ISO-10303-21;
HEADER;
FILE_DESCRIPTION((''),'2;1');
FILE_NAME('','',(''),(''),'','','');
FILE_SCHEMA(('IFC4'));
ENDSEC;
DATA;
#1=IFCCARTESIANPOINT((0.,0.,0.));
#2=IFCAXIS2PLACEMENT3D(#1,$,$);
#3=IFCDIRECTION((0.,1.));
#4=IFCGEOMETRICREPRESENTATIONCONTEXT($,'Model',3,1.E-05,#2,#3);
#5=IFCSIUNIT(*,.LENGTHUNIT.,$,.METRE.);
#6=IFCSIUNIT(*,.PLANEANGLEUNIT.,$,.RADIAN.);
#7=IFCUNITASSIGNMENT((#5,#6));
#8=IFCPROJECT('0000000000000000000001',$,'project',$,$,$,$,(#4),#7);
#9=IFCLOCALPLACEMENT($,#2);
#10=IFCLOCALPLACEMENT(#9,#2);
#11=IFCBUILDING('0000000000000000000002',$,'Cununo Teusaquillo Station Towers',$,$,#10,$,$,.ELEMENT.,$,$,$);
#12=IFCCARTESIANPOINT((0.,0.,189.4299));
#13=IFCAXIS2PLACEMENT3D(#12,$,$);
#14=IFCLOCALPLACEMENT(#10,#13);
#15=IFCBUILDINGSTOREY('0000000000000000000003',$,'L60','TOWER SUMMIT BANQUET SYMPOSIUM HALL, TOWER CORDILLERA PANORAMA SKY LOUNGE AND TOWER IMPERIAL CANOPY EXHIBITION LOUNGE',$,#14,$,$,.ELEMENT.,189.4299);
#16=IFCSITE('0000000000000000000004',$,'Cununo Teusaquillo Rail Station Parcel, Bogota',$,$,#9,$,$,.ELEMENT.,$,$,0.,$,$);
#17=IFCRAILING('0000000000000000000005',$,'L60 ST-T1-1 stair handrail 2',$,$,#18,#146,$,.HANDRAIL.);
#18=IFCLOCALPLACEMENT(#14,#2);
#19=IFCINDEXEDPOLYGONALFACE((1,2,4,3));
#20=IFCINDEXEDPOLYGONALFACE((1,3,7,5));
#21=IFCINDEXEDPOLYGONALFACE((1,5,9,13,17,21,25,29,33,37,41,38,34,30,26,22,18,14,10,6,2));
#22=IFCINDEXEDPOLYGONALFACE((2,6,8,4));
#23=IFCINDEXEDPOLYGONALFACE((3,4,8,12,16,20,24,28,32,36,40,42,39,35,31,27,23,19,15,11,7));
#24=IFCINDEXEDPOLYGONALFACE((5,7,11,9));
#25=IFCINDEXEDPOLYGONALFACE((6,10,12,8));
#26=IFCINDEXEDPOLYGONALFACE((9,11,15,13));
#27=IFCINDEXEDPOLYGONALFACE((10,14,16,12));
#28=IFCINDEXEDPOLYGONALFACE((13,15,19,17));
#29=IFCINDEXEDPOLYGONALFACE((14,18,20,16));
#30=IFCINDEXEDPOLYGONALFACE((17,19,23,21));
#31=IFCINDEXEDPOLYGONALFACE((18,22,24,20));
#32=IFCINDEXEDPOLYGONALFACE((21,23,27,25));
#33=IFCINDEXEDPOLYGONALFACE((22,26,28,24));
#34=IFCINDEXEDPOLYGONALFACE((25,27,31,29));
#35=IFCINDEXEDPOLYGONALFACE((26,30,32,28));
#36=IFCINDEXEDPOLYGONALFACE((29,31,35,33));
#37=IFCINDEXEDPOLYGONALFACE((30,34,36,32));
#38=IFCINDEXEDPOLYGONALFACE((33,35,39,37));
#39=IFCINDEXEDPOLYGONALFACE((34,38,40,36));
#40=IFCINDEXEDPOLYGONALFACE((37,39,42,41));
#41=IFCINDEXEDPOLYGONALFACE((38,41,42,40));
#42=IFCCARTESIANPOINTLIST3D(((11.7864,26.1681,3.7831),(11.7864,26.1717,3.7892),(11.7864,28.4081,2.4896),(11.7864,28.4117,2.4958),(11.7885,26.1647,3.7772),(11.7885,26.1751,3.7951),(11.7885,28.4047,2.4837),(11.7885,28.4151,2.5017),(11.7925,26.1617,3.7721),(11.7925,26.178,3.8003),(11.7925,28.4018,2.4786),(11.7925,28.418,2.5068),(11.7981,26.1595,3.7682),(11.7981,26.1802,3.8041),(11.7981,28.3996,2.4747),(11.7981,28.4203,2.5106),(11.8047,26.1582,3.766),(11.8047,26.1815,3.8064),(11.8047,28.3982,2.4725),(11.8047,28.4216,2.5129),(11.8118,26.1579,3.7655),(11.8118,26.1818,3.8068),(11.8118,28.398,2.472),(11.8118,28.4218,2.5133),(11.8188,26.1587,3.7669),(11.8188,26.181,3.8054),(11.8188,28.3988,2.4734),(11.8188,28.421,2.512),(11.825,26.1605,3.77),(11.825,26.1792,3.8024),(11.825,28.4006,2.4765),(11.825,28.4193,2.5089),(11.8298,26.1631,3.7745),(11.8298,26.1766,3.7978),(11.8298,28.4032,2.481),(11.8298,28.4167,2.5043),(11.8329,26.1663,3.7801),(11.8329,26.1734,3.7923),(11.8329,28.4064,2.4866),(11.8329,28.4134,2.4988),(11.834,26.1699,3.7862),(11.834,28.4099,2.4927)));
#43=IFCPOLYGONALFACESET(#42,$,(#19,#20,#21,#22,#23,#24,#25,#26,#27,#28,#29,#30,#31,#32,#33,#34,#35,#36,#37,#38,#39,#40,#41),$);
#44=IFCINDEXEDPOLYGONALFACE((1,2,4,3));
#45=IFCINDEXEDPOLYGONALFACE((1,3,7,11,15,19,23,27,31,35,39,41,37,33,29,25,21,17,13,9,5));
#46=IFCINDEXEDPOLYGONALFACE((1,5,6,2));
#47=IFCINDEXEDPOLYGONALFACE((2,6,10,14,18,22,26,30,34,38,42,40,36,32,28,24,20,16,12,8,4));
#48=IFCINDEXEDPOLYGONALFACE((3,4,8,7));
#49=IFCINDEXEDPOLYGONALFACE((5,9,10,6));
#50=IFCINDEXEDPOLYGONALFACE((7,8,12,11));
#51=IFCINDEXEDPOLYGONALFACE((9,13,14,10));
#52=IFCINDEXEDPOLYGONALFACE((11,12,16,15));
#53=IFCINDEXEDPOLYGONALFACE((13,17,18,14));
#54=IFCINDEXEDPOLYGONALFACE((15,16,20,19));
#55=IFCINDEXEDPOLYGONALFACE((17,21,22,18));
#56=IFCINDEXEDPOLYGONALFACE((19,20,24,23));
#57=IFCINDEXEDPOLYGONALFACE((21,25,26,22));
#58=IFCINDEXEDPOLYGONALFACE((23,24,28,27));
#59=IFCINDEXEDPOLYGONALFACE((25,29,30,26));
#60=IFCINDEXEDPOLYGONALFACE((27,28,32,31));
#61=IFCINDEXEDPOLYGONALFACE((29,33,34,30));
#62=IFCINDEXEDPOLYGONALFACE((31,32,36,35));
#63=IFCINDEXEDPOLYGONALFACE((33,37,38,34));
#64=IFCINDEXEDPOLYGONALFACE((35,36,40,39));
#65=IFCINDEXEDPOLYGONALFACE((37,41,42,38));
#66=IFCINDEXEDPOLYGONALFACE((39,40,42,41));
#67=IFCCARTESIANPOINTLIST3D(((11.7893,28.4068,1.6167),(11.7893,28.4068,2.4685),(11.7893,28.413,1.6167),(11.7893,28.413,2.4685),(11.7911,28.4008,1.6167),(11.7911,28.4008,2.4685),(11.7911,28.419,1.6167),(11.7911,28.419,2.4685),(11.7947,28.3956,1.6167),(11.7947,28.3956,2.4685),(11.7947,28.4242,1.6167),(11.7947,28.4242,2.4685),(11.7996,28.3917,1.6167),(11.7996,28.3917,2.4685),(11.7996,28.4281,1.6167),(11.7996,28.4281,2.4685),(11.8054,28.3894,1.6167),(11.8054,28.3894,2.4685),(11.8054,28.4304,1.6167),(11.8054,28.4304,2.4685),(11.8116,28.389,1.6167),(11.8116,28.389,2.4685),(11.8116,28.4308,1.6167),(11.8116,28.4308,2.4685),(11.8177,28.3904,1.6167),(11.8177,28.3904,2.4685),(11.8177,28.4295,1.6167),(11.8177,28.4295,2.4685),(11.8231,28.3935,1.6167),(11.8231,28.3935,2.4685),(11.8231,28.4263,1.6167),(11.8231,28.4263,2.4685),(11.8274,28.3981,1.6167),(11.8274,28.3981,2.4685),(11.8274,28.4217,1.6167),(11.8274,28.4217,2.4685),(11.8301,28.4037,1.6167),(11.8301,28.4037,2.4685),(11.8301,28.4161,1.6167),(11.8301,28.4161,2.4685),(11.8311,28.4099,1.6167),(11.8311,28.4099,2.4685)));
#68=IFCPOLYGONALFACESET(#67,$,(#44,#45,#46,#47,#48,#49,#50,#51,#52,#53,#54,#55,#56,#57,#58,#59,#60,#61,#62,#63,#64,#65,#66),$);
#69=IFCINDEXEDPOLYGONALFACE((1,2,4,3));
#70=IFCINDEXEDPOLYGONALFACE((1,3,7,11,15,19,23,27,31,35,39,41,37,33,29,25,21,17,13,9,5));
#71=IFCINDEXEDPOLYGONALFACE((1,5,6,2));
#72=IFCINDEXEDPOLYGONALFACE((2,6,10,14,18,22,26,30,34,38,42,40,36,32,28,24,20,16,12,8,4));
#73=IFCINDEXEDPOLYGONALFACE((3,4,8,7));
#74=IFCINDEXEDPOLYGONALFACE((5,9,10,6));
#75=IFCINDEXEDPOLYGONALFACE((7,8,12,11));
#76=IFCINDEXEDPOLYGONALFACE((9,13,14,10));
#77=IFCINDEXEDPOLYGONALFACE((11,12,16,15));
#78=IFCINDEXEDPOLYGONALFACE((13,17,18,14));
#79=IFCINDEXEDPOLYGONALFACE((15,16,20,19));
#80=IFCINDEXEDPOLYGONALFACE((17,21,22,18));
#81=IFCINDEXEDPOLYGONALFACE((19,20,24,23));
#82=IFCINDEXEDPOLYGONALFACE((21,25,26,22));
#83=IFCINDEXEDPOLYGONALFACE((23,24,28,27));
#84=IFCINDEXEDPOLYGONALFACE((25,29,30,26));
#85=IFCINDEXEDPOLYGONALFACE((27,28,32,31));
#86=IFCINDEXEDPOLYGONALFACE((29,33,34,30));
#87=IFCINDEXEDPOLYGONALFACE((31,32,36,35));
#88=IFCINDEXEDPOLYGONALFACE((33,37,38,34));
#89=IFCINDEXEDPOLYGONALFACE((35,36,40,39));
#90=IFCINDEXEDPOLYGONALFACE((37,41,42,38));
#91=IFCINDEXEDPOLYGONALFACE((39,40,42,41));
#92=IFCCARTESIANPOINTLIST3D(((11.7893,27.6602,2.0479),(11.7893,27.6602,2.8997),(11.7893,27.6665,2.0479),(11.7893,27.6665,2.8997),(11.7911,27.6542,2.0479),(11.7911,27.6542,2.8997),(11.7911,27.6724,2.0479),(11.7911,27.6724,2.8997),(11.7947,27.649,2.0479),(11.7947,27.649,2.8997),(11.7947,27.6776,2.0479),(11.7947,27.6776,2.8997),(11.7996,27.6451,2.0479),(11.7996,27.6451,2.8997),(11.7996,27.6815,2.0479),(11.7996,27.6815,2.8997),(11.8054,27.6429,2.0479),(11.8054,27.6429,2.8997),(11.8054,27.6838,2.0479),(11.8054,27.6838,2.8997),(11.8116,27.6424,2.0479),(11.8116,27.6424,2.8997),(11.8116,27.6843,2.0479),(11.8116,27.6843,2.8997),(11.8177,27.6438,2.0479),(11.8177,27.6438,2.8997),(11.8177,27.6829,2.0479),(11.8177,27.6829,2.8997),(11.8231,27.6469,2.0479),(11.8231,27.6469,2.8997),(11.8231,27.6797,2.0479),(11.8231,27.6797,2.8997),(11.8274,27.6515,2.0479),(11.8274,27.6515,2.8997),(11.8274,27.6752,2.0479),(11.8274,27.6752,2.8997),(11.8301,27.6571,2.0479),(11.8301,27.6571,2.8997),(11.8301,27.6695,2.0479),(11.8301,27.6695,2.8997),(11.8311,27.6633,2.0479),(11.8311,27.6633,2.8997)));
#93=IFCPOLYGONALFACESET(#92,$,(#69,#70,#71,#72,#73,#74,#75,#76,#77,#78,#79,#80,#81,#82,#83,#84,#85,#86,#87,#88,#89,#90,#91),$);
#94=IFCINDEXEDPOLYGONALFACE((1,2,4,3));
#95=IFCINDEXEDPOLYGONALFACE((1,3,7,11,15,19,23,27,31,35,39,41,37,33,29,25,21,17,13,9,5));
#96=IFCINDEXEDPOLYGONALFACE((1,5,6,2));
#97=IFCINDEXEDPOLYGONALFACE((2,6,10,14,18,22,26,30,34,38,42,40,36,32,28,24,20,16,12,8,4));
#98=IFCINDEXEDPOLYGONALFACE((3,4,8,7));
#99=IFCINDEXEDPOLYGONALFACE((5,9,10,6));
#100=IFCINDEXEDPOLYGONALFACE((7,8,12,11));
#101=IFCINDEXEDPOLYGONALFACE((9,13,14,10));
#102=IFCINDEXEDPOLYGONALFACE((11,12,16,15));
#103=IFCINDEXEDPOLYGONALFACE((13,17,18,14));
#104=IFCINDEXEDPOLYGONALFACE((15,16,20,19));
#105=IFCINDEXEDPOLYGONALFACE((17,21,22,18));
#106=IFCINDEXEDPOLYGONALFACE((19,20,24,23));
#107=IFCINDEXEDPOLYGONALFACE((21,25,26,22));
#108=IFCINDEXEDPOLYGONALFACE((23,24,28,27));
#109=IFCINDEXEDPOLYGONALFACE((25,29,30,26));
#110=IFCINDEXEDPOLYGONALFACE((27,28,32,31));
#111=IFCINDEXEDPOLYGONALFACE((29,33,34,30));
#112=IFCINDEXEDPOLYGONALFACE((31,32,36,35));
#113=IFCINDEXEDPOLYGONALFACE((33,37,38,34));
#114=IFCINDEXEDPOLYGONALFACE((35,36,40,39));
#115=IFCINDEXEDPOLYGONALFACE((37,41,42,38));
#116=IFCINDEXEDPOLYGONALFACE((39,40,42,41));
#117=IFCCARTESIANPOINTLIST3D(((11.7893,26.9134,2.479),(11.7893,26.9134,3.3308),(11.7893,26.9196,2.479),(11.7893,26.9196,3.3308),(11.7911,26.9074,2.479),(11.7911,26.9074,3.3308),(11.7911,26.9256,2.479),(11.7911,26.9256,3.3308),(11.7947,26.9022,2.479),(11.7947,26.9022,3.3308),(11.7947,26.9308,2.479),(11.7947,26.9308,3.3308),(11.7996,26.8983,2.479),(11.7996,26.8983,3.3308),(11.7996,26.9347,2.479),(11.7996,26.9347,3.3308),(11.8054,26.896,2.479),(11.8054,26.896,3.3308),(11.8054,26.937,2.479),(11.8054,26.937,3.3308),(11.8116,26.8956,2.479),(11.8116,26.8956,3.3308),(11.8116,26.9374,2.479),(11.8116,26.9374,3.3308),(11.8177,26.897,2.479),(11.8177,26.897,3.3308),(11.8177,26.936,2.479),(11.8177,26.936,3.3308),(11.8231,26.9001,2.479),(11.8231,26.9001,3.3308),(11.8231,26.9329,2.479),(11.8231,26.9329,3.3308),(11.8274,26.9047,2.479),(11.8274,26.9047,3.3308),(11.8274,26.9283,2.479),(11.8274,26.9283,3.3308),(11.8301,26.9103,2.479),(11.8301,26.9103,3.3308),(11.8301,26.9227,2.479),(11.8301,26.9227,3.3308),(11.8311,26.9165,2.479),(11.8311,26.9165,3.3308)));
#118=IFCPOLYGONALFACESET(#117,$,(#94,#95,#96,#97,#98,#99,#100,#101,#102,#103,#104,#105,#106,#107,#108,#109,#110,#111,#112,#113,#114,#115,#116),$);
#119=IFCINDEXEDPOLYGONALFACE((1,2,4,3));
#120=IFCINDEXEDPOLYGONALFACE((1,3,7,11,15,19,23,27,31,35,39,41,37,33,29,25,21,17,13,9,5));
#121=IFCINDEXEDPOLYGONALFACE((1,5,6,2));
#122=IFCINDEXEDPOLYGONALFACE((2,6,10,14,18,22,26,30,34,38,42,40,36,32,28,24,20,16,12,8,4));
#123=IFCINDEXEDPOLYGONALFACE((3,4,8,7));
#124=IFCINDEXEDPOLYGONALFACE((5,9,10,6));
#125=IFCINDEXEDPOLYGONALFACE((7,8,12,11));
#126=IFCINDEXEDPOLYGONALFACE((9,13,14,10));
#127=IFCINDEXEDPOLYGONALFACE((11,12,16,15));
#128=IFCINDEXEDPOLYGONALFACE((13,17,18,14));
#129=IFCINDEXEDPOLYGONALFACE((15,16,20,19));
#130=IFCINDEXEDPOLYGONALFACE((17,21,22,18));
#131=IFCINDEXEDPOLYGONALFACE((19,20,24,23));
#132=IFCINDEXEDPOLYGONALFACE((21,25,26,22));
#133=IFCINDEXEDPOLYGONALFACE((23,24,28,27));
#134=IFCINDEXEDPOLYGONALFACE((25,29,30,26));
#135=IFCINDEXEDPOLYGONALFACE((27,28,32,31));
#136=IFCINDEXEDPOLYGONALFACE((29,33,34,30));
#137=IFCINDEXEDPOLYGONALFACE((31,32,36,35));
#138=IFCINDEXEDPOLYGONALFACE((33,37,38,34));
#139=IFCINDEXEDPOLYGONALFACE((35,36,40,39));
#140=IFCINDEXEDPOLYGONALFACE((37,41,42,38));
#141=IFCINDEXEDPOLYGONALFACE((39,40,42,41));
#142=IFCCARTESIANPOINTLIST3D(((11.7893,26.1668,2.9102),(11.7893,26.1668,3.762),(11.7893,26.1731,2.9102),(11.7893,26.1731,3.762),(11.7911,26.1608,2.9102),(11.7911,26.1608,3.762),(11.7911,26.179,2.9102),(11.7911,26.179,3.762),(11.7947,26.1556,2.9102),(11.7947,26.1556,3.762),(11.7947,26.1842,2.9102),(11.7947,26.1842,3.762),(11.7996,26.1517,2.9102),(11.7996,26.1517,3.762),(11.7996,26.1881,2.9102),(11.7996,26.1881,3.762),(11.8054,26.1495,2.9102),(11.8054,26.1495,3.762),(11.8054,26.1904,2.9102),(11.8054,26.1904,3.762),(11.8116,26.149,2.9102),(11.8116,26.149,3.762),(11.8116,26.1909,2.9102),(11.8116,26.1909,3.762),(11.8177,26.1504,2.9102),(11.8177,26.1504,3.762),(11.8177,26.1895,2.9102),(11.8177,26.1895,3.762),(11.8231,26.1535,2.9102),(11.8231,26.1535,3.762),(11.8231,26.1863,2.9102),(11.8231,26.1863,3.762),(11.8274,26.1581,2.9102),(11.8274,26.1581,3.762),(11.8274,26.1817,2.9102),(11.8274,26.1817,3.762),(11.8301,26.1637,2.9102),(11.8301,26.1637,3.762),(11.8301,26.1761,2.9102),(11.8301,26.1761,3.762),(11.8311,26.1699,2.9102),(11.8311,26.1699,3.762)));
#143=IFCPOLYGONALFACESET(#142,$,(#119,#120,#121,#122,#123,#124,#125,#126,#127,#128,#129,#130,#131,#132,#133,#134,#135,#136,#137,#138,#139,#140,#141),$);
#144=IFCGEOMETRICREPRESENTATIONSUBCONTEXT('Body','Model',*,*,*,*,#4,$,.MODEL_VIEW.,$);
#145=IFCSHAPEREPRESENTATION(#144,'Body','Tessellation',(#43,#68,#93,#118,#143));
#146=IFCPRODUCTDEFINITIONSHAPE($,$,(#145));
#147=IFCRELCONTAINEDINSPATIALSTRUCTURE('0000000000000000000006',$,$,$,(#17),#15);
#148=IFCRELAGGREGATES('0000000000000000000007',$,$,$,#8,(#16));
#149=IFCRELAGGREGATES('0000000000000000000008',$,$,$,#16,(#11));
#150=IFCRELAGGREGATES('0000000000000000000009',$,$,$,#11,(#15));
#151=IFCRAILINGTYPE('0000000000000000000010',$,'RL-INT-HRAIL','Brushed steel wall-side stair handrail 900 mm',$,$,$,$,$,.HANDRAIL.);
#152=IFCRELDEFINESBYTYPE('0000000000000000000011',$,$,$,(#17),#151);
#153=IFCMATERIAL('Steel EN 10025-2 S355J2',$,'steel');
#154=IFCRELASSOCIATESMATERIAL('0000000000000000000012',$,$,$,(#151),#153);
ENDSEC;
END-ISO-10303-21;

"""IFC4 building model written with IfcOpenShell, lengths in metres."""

from ifc_helpers import new_model, si_unit, direction, frame, origin, origin_2d, place, context, subcontext, project, spatial, circle, extrude, material, type_object, element, save


model = new_model("IFC4")

# Units and contexts
model_context = context("Model", 3, precision=1e-05, world=origin(), true_north=direction((0.0, 1.0)))
body_context = subcontext(model_context, "Body", "Model", "MODEL_VIEW")
ifc_project = project(units=[si_unit("LENGTHUNIT", "METRE"), si_unit("PLANEANGLEUNIT", "RADIAN")], contexts=[model_context])

# Site, building, storey
site_placement = place(None, origin())
site = spatial("IfcSite", under=ifc_project, at=site_placement, Name="Cununo Teusaquillo Rail Station Parcel, Bogota", CompositionType="ELEMENT", RefElevation=0.0)
building_placement = place(site_placement, origin())
building = spatial("IfcBuilding", under=site, at=building_placement, Name="Cununo Teusaquillo Station Towers", CompositionType="ELEMENT")
storey_placement = place(building_placement, frame((0.0, 0.0, 189.4299)))
storey = spatial("IfcBuildingStorey", under=building, at=storey_placement, Name="L60", Description="TOWER SUMMIT BANQUET SYMPOSIUM HALL, TOWER CORDILLERA PANORAMA SKY LOUNGE AND TOWER IMPERIAL CANOPY EXHIBITION LOUNGE", CompositionType="ELEMENT", Elevation=189.4299)

# Railing
ifc_material_1 = material(Name="Steel EN 10025-2 S355J2", Category="steel")
railing_type_1 = type_object("IfcRailingType", Name="RL-INT-HRAIL", Description="Brushed steel wall-side stair handrail 900 mm", PredefinedType="HANDRAIL", material=ifc_material_1)
railing_1_placement = place(storey_placement, frame((11.8101, 28.4099, 1.6167)))
element("IfcRailing", 1, at=railing_1_placement, inside=storey, type_object=railing_type_1, Name="L60 ST-T1-1 stair handrail 2", PredefinedType="HANDRAIL", context=body_context, shape_type="SweptSolid", body=[
    extrude(circle(Radius=0.0239, at=origin_2d()), frame((0.0, 0.0, 0.876), z_axis=(0.0, -0.865992, 0.500057), x_axis=(1.0, 0.0, 0.0)), (0.0, 0.0, 1.0), 2.5867),
    extrude(circle(Radius=0.021, at=origin_2d()), origin(), (0.0, 0.0, 1.0), 0.8518),
    extrude(circle(Radius=0.021, at=origin_2d()), frame((0.0, -0.7466, 0.4312)), (0.0, 0.0, 1.0), 0.8518),
    extrude(circle(Radius=0.021, at=origin_2d()), frame((0.0, -1.4934, 0.8623)), (0.0, 0.0, 1.0), 0.8518),
    extrude(circle(Radius=0.021, at=origin_2d()), frame((0.0, -2.24, 1.2935)), (0.0, 0.0, 1.0), 0.8518),
])

save(model, "model.ifc")
